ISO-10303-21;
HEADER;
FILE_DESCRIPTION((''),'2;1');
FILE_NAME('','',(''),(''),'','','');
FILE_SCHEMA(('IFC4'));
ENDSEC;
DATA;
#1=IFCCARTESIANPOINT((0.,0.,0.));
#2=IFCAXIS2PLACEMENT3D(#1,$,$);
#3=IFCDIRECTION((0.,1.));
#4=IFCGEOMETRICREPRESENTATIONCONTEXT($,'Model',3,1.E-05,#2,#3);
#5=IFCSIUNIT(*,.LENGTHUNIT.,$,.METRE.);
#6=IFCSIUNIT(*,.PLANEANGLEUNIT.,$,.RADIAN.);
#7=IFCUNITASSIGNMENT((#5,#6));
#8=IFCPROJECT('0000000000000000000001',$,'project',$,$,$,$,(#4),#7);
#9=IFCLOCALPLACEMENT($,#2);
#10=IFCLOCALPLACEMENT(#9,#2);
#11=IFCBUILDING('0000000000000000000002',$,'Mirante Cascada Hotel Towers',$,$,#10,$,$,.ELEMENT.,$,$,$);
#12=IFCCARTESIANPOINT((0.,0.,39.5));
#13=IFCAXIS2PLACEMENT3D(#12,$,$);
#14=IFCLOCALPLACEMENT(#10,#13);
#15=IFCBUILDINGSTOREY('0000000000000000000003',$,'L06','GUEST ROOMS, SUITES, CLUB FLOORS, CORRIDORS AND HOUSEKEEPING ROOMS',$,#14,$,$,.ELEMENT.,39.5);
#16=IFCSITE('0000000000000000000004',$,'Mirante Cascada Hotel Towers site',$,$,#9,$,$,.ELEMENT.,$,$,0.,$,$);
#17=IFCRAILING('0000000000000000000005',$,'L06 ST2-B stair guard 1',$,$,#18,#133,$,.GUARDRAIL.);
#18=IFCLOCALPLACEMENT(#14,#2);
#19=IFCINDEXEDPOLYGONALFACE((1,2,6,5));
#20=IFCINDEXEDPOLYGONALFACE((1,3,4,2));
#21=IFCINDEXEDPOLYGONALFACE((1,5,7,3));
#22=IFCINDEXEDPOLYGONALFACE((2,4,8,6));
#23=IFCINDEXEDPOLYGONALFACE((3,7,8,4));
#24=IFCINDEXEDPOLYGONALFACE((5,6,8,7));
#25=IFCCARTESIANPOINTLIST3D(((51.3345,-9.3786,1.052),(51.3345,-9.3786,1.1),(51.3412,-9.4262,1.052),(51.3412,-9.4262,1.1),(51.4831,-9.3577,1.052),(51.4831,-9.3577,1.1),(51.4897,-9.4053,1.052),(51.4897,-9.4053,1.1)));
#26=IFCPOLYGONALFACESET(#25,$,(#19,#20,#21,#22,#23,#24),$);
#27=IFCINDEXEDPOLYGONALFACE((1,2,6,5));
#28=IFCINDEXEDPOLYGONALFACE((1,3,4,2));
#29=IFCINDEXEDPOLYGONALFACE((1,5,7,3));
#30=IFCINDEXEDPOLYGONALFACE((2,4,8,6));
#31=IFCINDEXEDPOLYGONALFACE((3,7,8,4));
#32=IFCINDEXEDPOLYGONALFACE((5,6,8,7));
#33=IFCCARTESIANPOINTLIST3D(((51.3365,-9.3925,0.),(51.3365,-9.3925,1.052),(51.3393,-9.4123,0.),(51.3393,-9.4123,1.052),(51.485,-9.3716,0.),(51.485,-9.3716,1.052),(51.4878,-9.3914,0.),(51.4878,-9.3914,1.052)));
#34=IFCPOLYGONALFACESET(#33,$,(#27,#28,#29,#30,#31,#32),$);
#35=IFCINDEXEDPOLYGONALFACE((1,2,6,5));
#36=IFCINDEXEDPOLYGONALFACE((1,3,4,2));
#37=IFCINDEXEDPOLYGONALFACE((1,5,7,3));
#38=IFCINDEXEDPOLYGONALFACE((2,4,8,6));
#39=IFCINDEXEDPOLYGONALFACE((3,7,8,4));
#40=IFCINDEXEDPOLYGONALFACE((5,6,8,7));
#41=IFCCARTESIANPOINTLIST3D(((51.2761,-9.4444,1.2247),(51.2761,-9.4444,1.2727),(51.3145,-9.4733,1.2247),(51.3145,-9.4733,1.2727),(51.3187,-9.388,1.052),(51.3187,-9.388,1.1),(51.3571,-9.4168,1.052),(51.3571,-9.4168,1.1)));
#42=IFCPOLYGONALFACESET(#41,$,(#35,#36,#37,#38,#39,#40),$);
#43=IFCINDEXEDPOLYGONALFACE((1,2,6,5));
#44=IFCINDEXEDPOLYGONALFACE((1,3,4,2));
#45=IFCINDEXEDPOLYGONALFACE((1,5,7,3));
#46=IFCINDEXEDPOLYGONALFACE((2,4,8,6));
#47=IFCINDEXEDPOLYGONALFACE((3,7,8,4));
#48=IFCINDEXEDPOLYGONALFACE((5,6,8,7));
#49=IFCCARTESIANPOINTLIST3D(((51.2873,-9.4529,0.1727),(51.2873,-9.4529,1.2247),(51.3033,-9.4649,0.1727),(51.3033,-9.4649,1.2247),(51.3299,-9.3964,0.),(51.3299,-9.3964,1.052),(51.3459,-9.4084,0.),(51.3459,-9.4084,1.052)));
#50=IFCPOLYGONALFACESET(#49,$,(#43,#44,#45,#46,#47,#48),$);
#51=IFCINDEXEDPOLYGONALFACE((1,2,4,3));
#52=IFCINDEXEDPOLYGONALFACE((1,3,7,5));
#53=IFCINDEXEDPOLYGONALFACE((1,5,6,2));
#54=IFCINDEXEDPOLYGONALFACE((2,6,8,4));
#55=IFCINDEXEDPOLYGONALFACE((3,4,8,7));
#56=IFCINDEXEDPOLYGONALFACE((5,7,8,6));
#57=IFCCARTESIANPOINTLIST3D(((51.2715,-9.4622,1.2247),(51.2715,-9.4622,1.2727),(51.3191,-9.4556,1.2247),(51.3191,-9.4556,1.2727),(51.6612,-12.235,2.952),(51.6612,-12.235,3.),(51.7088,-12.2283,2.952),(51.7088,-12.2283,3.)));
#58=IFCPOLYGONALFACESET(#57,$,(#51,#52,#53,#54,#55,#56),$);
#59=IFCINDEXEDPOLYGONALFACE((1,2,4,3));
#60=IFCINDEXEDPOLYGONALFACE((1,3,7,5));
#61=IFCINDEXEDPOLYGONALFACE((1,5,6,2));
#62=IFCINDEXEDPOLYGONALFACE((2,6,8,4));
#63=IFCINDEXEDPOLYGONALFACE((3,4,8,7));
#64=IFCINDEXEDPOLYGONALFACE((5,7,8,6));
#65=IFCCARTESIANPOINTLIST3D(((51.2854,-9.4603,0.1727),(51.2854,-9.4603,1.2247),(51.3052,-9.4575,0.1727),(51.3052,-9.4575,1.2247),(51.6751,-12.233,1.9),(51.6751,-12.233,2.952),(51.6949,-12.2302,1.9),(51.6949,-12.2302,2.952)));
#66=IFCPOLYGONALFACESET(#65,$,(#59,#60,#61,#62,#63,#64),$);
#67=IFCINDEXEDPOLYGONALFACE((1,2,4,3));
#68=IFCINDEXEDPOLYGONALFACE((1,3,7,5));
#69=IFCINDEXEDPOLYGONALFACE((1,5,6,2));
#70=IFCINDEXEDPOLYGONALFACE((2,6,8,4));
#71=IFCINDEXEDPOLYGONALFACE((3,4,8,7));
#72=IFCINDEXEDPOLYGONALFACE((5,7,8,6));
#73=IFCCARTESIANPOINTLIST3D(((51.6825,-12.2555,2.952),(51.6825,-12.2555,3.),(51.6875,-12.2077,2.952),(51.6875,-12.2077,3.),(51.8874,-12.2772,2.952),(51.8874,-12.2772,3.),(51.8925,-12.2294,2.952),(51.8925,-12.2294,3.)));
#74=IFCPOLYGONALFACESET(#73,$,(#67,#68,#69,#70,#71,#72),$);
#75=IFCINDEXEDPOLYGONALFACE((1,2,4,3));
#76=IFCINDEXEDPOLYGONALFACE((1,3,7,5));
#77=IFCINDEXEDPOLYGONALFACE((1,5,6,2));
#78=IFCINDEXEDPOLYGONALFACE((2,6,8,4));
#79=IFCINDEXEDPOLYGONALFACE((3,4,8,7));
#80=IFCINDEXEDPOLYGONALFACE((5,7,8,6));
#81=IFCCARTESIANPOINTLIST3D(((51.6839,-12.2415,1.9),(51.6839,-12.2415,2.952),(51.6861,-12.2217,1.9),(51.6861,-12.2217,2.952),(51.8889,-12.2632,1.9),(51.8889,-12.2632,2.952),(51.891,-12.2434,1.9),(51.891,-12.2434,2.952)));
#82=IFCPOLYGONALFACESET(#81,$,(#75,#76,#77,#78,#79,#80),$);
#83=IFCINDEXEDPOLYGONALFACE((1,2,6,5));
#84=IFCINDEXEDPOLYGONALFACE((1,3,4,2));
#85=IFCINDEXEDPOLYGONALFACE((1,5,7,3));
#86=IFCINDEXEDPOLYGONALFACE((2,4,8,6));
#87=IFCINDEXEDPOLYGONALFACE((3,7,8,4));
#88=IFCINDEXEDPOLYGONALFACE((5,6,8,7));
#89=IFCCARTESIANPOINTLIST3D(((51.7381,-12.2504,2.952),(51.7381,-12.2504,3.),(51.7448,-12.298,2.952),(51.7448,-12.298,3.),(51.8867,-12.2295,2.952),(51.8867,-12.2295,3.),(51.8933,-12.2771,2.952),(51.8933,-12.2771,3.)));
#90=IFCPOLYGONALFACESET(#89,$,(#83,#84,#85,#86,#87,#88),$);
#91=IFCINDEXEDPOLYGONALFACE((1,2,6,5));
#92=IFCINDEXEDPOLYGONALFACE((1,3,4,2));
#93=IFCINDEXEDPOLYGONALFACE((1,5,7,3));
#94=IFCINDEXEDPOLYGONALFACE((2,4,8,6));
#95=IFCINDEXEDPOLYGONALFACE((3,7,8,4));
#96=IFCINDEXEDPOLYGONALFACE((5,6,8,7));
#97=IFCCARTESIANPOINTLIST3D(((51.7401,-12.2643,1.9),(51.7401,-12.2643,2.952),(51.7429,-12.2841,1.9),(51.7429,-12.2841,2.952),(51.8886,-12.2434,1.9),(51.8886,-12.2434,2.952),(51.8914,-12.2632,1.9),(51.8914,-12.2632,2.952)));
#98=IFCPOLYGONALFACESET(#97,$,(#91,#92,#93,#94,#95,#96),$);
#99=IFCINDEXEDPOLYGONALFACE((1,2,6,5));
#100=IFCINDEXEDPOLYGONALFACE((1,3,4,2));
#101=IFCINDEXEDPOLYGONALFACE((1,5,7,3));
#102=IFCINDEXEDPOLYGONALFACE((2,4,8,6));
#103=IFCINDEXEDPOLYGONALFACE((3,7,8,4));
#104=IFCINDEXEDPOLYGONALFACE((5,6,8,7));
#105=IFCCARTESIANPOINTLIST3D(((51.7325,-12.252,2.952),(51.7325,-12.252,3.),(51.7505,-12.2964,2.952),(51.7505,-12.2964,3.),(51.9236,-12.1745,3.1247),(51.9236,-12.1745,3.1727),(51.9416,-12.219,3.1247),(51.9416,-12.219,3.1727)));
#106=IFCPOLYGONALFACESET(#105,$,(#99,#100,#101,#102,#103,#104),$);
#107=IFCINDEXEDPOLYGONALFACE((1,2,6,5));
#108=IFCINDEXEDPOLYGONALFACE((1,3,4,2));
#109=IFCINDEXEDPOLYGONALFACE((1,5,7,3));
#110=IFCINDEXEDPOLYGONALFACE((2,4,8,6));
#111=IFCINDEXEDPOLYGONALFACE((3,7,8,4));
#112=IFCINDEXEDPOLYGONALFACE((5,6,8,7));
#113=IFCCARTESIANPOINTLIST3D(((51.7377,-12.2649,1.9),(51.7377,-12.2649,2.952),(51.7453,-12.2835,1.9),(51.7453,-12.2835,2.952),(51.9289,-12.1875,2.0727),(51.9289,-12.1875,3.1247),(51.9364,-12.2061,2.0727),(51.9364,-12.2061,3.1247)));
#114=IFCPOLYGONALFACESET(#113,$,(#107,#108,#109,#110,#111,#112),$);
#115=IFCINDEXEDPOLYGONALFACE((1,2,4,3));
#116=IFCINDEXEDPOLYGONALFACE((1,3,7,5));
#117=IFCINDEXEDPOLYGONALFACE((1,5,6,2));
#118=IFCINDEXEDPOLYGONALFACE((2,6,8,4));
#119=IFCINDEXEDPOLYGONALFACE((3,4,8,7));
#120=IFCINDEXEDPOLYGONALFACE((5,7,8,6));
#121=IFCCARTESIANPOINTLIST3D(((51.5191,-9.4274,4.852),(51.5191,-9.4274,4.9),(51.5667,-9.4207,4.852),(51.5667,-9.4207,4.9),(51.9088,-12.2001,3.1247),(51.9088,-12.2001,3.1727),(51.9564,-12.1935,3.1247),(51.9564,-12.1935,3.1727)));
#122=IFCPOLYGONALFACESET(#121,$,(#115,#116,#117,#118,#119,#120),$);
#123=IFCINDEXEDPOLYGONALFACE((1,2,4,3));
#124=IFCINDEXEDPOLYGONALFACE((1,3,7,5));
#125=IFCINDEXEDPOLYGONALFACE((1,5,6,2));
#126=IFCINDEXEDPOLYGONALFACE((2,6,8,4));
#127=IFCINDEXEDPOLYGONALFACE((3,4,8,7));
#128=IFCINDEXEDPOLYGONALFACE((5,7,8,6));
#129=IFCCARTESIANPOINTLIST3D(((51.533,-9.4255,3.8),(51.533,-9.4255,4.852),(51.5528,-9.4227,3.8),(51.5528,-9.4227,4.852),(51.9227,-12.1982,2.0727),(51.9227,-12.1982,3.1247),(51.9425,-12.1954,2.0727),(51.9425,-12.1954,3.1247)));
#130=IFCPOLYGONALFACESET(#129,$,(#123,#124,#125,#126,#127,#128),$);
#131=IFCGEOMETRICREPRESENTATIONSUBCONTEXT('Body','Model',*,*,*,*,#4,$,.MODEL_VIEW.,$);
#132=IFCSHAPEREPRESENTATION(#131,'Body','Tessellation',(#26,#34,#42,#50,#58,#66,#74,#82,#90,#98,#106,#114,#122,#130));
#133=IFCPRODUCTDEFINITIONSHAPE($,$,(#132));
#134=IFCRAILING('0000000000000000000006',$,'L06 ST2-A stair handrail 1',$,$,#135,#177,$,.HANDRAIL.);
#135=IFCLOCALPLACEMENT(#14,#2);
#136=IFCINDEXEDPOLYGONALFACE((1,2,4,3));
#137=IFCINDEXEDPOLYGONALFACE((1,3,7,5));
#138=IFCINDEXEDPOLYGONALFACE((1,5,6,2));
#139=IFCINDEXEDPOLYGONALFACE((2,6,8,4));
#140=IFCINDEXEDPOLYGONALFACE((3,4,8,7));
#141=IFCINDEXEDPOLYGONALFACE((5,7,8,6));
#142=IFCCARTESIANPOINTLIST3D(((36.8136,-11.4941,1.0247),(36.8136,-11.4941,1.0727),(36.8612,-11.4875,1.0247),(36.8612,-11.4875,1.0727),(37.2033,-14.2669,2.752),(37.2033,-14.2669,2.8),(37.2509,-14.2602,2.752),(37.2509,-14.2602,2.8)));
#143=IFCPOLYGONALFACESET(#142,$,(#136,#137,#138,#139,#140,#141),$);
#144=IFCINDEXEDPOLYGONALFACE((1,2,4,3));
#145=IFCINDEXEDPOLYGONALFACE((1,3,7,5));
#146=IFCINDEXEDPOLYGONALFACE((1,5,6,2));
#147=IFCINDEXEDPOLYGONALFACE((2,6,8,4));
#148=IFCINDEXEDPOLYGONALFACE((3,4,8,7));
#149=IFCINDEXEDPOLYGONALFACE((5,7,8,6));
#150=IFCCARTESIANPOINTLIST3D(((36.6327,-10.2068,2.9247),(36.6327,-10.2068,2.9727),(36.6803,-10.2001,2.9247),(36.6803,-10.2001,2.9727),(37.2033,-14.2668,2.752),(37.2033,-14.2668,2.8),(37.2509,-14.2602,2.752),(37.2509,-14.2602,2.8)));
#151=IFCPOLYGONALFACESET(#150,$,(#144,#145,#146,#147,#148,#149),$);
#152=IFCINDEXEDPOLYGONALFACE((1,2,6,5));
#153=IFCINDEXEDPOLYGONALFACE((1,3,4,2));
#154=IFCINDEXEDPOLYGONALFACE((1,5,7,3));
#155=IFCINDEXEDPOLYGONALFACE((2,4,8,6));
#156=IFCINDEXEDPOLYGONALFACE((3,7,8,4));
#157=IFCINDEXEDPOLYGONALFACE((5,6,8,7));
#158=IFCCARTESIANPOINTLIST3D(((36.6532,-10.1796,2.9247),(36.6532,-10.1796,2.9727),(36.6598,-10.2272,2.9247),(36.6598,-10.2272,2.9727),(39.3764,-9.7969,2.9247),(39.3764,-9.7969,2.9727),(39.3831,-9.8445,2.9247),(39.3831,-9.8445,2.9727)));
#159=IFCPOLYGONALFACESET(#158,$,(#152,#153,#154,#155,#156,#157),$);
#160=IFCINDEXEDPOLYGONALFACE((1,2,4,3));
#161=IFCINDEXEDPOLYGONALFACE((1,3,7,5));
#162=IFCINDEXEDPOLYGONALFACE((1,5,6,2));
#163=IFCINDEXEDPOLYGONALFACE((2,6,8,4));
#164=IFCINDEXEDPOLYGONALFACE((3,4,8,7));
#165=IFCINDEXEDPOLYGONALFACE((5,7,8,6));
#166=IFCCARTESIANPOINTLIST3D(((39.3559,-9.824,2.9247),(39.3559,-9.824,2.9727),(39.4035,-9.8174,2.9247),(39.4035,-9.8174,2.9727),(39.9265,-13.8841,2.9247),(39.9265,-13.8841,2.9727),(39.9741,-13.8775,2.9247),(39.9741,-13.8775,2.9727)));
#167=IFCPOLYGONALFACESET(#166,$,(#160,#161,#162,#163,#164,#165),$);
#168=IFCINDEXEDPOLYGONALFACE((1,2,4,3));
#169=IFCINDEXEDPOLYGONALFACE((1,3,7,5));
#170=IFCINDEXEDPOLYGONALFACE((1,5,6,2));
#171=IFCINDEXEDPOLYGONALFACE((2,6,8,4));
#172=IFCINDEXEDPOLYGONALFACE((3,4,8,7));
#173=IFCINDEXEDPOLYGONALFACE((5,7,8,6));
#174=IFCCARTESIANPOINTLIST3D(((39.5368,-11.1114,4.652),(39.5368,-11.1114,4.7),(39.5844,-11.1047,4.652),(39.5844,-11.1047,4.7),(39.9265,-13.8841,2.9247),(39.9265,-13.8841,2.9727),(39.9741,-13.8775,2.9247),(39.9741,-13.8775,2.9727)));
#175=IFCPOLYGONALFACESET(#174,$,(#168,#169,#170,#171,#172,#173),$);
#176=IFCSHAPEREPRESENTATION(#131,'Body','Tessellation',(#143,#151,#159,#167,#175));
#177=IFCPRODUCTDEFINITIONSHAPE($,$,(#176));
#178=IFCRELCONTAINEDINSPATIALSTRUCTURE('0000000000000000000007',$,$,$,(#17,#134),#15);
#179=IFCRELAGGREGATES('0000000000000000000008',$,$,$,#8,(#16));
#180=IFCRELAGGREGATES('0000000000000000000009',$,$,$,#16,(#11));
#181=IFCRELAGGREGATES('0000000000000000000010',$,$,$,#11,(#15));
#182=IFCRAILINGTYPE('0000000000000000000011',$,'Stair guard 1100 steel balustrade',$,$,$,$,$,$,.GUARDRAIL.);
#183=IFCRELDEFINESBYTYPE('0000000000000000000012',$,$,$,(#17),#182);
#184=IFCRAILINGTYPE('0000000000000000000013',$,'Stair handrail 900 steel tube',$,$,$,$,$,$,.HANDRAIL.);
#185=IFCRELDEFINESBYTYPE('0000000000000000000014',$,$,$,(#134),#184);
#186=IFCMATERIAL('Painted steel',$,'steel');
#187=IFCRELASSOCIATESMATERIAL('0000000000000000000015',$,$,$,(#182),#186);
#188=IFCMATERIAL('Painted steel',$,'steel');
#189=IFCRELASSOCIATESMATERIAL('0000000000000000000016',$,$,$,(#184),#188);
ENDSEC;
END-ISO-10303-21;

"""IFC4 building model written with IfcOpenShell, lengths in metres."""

from ifc_helpers import new_model, si_unit, direction, frame, origin, origin_2d, place, context, subcontext, project, spatial, rectangle, extrude, material, type_object, element, save


model = new_model("IFC4")

# Units and contexts
model_context = context("Model", 3, precision=1e-05, world=origin(), true_north=direction((0.0, 1.0)))
body_context = subcontext(model_context, "Body", "Model", "MODEL_VIEW")
ifc_project = project(units=[si_unit("LENGTHUNIT", "METRE"), si_unit("PLANEANGLEUNIT", "RADIAN")], contexts=[model_context])

# Site, building, storey
site_placement = place(None, origin())
site = spatial("IfcSite", under=ifc_project, at=site_placement, Name="Mirante Cascada Hotel Towers site", CompositionType="ELEMENT", RefElevation=0.0)
building_placement = place(site_placement, origin())
building = spatial("IfcBuilding", under=site, at=building_placement, Name="Mirante Cascada Hotel Towers", CompositionType="ELEMENT")
storey_placement = place(building_placement, frame((0.0, 0.0, 39.5)))
storey = spatial("IfcBuildingStorey", under=building, at=storey_placement, Name="L06", Description="GUEST ROOMS, SUITES, CLUB FLOORS, CORRIDORS AND HOUSEKEEPING ROOMS", CompositionType="ELEMENT", Elevation=39.5)

# Railings
ifc_material_1 = material(Name="Painted steel", Category="steel")
railing_type_1 = type_object("IfcRailingType", Name="Stair guard 1100 steel balustrade", PredefinedType="GUARDRAIL", material=ifc_material_1)
railing_1_placement = place(storey_placement, frame((51.4864, -9.3815, 0.0)))
element("IfcRailing", 1, at=railing_1_placement, inside=storey, type_object=railing_type_1, Name="L06 ST2-B stair guard 1", PredefinedType="GUARDRAIL", context=body_context, shape_type="SweptSolid", body=[
    extrude(rectangle(XDim=0.048, YDim=0.048, at=origin_2d()), frame((0.0, 0.0, 1.076), z_axis=(-0.990241, -0.139367, 0.0), x_axis=(0.139367, -0.990241, 0.0)), (0.0, 0.0, 1.0), 0.15),
    extrude(rectangle(XDim=0.02, YDim=1.052, at=origin_2d()), frame((0.0, 0.0, 0.526), z_axis=(-0.990241, -0.139367, 0.0), x_axis=(0.139367, -0.990241, 0.0)), (0.0, 0.0, 1.0), 0.15),
    extrude(rectangle(XDim=0.048, YDim=0.048, at=origin_2d()), frame((-0.1485, -0.0209, 1.076), z_axis=(-0.602033, -0.798471, 0.0), x_axis=(0.798471, -0.602033, 0.0)), (0.0, 0.92534, 0.379139), 0.1866),
    extrude(rectangle(XDim=0.02, YDim=1.052, at=origin_2d()), frame((-0.1485, -0.0209, 0.526), z_axis=(-0.602033, -0.798471, 0.0), x_axis=(0.798471, -0.602033, 0.0)), (0.0, 0.92534, 0.379139), 0.1866),
    extrude(rectangle(XDim=0.048, YDim=0.048, at=origin_2d()), frame((-0.1911, -0.0774, 1.2487), z_axis=(0.139181, -0.990267, 0.0), x_axis=(0.990267, 0.139181, 0.0)), (0.0, 0.525035, 0.851081), 3.2899),
    extrude(rectangle(XDim=0.02, YDim=1.052, at=origin_2d()), frame((-0.1911, -0.0774, 0.6987), z_axis=(0.139181, -0.990267, 0.0), x_axis=(0.990267, 0.139181, 0.0)), (0.0, 0.525035, 0.851081), 3.2899),
    extrude(rectangle(XDim=0.048, YDim=0.048, at=origin_2d()), frame((0.1986, -2.8501, 2.976), z_axis=(0.994444, -0.105266, 0.0), x_axis=(0.105266, 0.994444, 0.0)), (0.0, 0.0, 1.0), 0.2061),
    extrude(rectangle(XDim=0.02, YDim=1.052, at=origin_2d()), frame((0.1986, -2.8501, 2.426), z_axis=(0.994444, -0.105266, 0.0), x_axis=(0.105266, 0.994444, 0.0)), (0.0, 0.0, 1.0), 0.2061),
    extrude(rectangle(XDim=0.048, YDim=0.048, at=origin_2d()), frame((0.4036, -2.8718, 2.976), z_axis=(-0.990241, -0.139367, 0.0), x_axis=(0.139367, -0.990241, 0.0)), (0.0, 0.0, 1.0), 0.15),
    extrude(rectangle(XDim=0.02, YDim=1.052, at=origin_2d()), frame((0.4036, -2.8718, 2.426), z_axis=(-0.990241, -0.139367, 0.0), x_axis=(0.139367, -0.990241, 0.0)), (0.0, 0.0, 1.0), 0.15),
    extrude(rectangle(XDim=0.048, YDim=0.048, at=origin_2d()), frame((0.2551, -2.8927, 2.976), z_axis=(0.926862, 0.375401, 0.0), x_axis=(-0.375401, 0.926862, 0.0)), (0.0, 0.642122, 0.766603), 0.269),
    extrude(rectangle(XDim=0.02, YDim=1.052, at=origin_2d()), frame((0.2551, -2.8927, 2.426), z_axis=(0.926862, 0.375401, 0.0), x_axis=(-0.375401, 0.926862, 0.0)), (0.0, 0.642122, 0.766603), 0.269),
    extrude(rectangle(XDim=0.048, YDim=0.048, at=origin_2d()), frame((0.4462, -2.8153, 3.1487), z_axis=(-0.139181, 0.990267, 0.0), x_axis=(-0.990267, -0.139181, 0.0)), (0.0, 0.525035, 0.851081), 3.2899),
    extrude(rectangle(XDim=0.02, YDim=1.052, at=origin_2d()), frame((0.4462, -2.8153, 2.5987), z_axis=(-0.139181, 0.990267, 0.0), x_axis=(-0.990267, -0.139181, 0.0)), (0.0, 0.525035, 0.851081), 3.2899),
])
ifc_material_2 = material(Name="Painted steel", Category="steel")
railing_type_2 = type_object("IfcRailingType", Name="Stair handrail 900 steel tube", PredefinedType="HANDRAIL", material=ifc_material_2)
railing_2_placement = place(storey_placement, frame((36.8374, -11.4908, 0.1727)))
element("IfcRailing", 2, at=railing_2_placement, inside=storey, type_object=railing_type_2, Name="L06 ST2-A stair handrail 1", PredefinedType="HANDRAIL", context=body_context, shape_type="SweptSolid", body=[
    extrude(rectangle(XDim=0.048, YDim=0.048, at=origin_2d()), frame((0.0, 0.0, 0.876), z_axis=(0.139181, -0.990267, 0.0), x_axis=(0.990267, 0.139181, 0.0)), (0.0, 0.525035, 0.851081), 3.2899),
    extrude(rectangle(XDim=0.048, YDim=0.048, at=origin_2d()), frame((0.3897, -2.7727, 2.6033), z_axis=(-0.139171, 0.990268, 0.0), x_axis=(-0.990268, -0.139171, 0.0)), (0.0, 0.042085, 0.999114), 4.1036),
    extrude(rectangle(XDim=0.048, YDim=0.048, at=origin_2d()), frame((-0.1809, 1.2874, 2.776), z_axis=(0.990269, 0.139166, 0.0), x_axis=(-0.139166, 0.990269, 0.0)), (0.0, 0.0, 1.0), 2.75),
    extrude(rectangle(XDim=0.048, YDim=0.048, at=origin_2d()), frame((2.5423, 1.6701, 2.776), z_axis=(0.139171, -0.990268, 0.0), x_axis=(0.990268, 0.139171, 0.0)), (0.0, 0.0, 1.0), 4.1),
    extrude(rectangle(XDim=0.048, YDim=0.048, at=origin_2d()), frame((3.1129, -2.39, 2.776), z_axis=(-0.139181, 0.990267, 0.0), x_axis=(-0.990267, -0.139181, 0.0)), (0.0, 0.525035, 0.851081), 3.2899),
])

save(model, "model.ifc")
